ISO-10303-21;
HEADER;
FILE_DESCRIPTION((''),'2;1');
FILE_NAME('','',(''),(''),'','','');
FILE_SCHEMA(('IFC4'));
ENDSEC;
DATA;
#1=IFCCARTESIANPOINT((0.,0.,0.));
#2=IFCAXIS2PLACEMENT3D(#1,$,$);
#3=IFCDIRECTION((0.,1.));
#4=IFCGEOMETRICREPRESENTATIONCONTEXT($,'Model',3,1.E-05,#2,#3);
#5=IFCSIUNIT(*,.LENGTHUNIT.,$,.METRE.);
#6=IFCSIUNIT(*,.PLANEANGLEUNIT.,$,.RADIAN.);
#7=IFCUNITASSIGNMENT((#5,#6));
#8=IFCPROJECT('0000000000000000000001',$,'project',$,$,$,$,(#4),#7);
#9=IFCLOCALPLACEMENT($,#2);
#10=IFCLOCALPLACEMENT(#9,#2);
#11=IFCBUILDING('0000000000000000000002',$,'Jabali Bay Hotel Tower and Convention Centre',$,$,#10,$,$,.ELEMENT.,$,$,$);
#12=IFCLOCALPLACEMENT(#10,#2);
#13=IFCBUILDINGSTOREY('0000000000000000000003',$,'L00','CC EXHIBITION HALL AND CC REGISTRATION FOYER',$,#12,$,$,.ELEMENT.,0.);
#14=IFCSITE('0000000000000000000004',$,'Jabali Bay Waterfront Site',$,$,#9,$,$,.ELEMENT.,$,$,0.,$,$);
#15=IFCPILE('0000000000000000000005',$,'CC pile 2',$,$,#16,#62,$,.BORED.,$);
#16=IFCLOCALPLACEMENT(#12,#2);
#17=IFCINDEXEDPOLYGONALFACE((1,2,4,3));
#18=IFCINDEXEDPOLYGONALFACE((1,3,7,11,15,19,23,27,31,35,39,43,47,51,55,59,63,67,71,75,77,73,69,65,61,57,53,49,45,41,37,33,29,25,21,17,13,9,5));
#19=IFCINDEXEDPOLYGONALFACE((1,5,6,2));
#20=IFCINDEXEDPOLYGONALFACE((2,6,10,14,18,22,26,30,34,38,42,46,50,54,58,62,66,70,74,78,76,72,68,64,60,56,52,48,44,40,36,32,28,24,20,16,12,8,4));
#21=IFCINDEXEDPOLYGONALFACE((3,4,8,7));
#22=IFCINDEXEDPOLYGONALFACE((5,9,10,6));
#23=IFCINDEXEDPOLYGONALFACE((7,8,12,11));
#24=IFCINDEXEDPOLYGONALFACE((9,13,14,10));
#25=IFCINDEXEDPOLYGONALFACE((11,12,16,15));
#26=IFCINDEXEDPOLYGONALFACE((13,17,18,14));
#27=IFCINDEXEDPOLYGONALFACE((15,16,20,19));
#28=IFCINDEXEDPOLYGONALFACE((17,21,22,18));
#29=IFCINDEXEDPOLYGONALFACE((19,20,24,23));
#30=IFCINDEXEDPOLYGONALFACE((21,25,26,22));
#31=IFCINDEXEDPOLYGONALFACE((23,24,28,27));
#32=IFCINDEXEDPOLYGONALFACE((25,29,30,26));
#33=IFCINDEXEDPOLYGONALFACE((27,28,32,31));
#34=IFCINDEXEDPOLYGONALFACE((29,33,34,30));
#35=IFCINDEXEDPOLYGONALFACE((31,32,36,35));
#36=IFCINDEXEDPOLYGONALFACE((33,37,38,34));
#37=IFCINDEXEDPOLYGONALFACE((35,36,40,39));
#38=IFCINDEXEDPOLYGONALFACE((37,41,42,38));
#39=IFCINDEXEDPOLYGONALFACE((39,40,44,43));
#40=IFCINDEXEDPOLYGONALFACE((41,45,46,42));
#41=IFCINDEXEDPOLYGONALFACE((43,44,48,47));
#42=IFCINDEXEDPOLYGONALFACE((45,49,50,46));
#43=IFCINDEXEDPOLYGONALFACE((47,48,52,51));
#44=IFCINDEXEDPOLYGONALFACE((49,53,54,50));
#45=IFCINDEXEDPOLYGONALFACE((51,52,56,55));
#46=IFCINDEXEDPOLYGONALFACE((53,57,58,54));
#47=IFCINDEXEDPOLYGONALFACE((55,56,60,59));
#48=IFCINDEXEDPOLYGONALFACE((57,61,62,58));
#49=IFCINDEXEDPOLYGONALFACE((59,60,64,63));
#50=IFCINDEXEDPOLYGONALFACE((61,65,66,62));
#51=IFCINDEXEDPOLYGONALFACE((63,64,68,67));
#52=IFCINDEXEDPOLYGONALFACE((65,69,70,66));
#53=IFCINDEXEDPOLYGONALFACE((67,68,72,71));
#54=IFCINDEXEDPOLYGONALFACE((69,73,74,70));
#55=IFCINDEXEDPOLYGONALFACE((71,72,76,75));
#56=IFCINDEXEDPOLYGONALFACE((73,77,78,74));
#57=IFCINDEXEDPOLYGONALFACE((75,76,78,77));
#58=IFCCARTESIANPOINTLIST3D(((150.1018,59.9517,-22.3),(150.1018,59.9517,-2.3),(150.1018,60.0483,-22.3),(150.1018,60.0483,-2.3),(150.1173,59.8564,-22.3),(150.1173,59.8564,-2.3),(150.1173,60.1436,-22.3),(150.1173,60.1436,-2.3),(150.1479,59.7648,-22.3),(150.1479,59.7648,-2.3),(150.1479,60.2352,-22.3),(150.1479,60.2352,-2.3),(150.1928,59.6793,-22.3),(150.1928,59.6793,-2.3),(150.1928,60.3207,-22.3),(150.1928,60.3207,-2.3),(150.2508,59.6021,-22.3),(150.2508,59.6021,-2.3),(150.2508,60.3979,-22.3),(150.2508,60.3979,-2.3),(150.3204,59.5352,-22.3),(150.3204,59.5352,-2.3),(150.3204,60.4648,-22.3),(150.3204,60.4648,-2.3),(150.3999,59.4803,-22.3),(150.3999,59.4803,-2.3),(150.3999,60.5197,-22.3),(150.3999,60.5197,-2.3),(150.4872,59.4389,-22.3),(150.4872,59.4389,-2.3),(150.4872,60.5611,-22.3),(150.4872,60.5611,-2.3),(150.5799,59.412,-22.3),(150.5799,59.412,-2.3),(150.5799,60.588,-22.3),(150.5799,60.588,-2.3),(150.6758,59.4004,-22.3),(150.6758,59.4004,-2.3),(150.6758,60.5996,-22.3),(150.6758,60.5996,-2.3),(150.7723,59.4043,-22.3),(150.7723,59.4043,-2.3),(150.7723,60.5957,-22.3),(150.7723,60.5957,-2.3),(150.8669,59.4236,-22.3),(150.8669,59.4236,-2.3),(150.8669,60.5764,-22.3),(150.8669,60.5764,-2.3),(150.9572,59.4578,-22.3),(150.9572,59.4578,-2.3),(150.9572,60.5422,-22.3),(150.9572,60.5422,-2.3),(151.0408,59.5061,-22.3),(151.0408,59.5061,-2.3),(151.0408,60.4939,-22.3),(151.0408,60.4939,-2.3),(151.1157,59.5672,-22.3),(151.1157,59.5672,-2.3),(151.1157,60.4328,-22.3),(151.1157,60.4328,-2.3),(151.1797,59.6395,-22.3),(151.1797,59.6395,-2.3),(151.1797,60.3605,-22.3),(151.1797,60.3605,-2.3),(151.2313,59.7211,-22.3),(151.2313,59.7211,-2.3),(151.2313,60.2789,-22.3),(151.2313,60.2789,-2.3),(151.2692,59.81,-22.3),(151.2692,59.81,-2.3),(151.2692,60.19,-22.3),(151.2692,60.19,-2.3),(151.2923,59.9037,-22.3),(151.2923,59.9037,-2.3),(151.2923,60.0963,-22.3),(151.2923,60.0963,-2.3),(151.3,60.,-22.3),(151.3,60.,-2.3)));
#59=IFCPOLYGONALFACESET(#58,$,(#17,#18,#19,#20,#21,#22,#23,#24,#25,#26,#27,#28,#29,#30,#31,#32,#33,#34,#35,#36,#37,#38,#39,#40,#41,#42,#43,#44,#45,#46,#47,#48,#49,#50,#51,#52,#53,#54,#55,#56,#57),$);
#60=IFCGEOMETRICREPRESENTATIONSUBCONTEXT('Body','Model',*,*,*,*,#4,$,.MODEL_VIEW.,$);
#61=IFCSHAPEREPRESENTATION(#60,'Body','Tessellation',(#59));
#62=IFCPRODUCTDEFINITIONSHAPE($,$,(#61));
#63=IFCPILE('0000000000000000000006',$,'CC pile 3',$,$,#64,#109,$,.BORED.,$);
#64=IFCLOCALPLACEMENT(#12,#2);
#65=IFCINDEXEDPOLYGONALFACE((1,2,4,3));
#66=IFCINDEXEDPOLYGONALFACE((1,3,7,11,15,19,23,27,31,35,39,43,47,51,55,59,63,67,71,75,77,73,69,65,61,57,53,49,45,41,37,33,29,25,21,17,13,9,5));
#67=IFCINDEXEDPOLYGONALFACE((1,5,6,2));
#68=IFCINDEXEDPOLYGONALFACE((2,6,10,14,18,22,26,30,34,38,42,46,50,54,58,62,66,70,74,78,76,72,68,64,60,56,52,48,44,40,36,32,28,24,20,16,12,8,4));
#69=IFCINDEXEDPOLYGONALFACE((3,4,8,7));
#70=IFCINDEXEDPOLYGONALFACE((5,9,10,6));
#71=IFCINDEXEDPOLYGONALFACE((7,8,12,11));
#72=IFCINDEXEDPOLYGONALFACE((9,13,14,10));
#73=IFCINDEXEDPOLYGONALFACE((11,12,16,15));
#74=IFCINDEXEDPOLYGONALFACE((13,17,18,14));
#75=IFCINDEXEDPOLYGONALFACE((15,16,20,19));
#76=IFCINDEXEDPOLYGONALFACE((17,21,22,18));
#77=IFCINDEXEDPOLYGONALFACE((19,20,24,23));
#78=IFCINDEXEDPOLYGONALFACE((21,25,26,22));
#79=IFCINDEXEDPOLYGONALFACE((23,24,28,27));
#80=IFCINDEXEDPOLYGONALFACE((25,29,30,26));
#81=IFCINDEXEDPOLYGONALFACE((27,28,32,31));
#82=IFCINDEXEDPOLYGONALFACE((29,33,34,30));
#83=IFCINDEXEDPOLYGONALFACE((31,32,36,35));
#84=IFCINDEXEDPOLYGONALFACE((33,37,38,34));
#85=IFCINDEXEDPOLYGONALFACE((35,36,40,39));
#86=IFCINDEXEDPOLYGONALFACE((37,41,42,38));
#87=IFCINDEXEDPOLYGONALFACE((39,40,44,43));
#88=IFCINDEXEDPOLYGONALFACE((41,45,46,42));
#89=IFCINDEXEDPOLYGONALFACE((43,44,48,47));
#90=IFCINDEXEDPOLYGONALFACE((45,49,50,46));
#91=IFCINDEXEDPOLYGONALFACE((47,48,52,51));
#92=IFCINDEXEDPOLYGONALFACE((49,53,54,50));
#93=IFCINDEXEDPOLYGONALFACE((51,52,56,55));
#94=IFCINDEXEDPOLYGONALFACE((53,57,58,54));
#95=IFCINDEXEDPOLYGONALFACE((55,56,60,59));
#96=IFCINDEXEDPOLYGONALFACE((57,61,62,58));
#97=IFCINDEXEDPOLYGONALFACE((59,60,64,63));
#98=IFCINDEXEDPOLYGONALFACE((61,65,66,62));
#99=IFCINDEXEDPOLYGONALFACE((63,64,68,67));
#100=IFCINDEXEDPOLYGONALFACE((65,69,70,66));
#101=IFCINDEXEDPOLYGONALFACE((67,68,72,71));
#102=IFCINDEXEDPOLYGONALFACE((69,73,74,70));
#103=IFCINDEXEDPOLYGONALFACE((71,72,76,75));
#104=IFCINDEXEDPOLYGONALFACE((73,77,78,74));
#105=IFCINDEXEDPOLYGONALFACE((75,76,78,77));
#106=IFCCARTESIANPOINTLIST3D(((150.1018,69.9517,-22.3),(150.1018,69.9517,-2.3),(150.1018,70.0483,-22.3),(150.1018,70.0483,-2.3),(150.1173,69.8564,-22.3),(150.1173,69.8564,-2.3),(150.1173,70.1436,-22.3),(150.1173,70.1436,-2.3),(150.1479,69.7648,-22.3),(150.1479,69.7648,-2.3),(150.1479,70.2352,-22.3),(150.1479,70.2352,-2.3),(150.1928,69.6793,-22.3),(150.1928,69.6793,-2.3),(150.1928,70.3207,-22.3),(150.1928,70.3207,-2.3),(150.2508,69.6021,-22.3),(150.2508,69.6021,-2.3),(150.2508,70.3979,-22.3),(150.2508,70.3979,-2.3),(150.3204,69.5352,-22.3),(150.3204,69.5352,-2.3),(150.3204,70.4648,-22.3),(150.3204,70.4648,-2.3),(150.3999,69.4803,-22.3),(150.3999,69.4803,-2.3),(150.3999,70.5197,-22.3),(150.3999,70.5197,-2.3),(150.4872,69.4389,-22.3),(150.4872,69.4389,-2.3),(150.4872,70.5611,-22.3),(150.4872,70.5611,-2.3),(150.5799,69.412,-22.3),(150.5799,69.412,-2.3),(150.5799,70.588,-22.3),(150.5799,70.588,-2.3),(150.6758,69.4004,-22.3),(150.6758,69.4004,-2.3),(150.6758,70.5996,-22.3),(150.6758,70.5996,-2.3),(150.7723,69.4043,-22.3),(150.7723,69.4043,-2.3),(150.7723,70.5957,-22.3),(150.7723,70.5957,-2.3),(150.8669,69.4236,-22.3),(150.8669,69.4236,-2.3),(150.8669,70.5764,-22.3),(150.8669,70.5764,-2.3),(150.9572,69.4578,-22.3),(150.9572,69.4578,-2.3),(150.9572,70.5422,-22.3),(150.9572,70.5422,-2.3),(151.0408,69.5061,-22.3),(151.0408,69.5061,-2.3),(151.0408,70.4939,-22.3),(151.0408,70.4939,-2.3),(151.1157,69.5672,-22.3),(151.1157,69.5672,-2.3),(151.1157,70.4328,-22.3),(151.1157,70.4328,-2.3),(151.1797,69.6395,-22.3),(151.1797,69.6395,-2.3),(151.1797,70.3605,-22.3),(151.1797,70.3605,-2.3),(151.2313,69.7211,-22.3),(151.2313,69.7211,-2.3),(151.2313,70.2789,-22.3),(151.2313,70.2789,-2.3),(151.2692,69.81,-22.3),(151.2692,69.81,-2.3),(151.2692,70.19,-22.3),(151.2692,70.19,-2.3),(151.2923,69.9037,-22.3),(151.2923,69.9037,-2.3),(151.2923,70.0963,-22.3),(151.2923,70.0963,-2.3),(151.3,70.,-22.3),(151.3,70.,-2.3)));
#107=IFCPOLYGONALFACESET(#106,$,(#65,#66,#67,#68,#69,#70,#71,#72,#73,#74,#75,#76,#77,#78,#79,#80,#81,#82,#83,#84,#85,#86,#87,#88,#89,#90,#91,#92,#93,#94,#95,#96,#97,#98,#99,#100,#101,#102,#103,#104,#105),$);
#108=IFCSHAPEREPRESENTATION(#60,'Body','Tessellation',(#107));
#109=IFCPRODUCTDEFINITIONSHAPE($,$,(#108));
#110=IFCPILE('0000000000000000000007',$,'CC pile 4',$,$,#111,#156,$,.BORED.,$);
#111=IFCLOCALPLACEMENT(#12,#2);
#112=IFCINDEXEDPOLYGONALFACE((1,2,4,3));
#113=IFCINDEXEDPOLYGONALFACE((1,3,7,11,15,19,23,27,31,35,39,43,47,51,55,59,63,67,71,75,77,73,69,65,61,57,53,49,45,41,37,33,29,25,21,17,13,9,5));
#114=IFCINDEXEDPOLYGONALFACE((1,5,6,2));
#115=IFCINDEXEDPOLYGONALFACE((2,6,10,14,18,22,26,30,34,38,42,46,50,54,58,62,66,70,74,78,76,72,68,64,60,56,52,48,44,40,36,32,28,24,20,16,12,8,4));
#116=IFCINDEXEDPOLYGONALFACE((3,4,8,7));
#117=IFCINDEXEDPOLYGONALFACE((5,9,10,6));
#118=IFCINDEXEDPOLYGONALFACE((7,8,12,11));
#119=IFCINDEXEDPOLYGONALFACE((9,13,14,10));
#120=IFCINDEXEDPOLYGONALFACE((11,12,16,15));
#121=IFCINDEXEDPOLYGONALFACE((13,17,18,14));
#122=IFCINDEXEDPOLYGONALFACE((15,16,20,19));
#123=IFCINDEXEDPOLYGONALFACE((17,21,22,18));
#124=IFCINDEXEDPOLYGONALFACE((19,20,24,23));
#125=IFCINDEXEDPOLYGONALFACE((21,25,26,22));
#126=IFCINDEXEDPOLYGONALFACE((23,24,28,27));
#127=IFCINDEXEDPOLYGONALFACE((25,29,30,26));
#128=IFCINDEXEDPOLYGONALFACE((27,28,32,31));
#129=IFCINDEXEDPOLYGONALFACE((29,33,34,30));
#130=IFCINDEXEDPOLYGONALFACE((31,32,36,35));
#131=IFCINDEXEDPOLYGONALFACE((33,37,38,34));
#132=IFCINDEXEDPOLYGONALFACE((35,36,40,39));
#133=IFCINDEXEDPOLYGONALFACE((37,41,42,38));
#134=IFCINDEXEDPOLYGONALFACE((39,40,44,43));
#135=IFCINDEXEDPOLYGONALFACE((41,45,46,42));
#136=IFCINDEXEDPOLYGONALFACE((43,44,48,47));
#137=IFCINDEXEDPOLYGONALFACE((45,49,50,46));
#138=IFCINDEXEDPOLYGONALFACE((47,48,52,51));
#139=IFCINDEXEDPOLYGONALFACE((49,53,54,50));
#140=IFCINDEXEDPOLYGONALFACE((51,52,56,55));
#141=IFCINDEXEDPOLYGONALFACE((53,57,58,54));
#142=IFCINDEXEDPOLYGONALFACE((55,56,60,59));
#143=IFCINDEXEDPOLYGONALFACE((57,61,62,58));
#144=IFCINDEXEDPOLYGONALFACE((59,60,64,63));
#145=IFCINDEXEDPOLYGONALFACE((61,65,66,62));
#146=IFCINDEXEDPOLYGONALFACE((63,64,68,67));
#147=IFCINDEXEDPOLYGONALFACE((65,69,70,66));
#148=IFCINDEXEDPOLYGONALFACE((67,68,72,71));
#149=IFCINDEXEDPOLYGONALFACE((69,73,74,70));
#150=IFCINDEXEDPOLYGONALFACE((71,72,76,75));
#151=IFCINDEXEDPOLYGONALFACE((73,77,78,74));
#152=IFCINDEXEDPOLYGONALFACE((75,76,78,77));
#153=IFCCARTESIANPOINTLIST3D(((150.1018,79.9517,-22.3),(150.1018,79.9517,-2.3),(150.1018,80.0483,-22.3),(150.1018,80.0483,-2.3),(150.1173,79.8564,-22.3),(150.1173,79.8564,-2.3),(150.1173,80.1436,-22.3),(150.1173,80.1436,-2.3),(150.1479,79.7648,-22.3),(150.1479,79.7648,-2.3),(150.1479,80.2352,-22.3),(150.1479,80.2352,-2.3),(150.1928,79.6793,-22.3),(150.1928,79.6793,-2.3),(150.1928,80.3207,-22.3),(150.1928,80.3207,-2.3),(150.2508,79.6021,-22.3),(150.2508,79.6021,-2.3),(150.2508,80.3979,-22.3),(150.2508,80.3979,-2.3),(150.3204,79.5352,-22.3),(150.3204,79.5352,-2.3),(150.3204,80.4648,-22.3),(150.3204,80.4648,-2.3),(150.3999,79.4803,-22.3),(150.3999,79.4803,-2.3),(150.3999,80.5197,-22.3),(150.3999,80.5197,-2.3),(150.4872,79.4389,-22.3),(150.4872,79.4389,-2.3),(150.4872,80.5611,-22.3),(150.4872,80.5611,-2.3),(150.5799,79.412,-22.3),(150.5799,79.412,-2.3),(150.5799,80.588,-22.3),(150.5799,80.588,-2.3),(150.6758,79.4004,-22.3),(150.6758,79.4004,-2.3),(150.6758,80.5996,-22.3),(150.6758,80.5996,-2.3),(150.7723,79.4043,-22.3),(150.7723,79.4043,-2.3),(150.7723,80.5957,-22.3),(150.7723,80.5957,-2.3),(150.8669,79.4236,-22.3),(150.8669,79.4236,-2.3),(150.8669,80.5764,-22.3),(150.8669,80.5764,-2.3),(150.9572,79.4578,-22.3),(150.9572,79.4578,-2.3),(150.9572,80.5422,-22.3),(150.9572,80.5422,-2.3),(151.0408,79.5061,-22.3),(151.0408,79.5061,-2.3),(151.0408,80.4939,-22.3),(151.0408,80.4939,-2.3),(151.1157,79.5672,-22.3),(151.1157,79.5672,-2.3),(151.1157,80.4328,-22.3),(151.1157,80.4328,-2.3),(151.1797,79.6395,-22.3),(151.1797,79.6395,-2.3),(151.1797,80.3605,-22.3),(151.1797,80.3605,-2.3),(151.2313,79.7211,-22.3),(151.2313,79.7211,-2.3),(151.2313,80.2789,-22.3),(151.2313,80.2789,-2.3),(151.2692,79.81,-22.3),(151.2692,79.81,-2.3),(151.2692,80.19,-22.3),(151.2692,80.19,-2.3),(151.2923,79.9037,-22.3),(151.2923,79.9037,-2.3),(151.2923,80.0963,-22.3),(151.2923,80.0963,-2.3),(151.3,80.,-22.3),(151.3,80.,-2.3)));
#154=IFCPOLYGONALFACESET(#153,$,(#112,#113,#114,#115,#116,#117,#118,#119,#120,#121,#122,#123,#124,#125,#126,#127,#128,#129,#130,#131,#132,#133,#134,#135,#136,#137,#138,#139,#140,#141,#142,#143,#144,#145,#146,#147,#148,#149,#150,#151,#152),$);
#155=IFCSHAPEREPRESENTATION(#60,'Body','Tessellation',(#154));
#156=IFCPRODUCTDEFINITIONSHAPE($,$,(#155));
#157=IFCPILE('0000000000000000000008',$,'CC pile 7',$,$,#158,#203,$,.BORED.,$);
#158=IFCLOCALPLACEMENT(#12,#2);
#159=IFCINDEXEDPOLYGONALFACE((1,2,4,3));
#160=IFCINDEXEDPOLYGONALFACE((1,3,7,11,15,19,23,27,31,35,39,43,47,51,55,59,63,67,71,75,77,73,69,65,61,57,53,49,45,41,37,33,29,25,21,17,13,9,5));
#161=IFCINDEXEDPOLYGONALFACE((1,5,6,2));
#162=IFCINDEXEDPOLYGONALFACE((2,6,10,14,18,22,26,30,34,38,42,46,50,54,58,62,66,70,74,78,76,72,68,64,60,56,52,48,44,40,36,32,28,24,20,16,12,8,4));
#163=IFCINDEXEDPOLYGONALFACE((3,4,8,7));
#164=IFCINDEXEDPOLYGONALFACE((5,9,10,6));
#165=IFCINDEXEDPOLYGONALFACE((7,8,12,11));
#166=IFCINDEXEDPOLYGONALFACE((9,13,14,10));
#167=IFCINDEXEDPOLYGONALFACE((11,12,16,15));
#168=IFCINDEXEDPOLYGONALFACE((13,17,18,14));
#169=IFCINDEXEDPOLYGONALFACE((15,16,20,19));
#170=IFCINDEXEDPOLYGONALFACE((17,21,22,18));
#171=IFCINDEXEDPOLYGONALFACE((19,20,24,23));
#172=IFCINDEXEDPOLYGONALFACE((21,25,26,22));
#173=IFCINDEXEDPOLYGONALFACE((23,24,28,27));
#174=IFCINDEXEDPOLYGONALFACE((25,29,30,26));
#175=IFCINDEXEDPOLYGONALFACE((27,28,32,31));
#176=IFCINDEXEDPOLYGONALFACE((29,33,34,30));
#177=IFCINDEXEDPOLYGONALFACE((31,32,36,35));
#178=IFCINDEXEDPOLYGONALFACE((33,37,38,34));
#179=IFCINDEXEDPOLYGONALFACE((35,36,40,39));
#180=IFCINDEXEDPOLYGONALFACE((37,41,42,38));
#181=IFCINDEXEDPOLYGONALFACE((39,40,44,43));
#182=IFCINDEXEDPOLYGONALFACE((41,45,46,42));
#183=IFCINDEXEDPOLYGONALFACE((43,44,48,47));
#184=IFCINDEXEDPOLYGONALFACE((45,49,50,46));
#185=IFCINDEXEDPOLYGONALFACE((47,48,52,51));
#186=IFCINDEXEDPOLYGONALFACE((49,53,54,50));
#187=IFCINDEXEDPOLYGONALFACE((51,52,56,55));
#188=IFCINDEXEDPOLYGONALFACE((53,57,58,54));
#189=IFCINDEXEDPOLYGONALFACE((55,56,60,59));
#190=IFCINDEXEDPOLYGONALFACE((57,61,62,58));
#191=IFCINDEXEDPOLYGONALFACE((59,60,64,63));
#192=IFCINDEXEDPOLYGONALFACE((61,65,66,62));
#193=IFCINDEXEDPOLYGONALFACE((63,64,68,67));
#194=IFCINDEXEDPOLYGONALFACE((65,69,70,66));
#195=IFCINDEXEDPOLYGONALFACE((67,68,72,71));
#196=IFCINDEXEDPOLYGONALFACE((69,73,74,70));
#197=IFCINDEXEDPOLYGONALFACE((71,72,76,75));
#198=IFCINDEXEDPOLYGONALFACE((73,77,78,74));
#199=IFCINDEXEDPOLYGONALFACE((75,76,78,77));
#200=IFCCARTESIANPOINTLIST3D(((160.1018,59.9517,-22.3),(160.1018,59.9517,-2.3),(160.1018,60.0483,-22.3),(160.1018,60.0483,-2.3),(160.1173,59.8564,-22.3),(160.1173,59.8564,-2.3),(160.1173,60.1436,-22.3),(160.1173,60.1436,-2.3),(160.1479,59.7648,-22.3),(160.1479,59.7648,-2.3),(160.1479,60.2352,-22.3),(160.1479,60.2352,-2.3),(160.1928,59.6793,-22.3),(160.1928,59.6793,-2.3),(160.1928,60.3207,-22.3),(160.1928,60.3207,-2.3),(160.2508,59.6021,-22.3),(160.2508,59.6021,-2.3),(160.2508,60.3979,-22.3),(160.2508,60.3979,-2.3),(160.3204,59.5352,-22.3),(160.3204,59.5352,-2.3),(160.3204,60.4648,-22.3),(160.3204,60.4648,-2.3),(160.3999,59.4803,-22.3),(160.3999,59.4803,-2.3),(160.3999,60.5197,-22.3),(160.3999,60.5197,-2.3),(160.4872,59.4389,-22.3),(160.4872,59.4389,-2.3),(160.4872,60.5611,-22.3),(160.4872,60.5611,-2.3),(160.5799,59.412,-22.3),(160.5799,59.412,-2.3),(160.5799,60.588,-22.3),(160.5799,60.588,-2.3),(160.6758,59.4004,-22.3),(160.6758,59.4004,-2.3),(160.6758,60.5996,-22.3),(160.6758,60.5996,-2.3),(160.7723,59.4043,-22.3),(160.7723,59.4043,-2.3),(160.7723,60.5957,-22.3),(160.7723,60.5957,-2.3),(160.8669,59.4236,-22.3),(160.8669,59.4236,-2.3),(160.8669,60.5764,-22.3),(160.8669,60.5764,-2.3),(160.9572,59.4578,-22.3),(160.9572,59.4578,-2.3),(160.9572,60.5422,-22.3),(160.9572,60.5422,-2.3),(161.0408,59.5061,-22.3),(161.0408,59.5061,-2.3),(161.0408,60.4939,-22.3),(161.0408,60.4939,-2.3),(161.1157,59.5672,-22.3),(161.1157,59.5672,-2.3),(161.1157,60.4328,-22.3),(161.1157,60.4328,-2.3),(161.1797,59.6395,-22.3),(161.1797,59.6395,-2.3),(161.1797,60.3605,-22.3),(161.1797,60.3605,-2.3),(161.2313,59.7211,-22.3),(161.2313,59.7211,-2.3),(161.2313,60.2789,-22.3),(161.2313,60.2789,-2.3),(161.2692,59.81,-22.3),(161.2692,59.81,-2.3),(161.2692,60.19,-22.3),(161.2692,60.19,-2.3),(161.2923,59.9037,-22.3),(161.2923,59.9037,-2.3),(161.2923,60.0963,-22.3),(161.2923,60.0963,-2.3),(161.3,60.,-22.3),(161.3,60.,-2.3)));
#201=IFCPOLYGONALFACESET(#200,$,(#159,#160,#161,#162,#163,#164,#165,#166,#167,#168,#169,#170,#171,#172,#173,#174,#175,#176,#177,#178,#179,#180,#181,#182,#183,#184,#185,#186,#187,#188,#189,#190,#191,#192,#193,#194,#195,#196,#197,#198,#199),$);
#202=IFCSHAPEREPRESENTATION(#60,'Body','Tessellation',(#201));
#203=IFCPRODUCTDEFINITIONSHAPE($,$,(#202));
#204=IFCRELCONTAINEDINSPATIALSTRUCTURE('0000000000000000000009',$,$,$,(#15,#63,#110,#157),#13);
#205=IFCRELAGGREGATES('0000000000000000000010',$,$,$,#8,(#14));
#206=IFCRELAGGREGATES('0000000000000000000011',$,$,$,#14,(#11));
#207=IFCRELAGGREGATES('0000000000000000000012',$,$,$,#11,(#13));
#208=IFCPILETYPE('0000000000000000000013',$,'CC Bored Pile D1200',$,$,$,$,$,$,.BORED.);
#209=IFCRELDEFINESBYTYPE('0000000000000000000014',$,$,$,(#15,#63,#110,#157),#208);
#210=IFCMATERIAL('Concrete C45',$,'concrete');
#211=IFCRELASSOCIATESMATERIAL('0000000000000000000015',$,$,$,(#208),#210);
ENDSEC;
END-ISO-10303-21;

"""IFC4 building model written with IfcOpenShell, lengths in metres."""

from ifc_helpers import new_model, si_unit, direction, frame, origin, origin_2d, place, context, subcontext, project, spatial, circle, extrude, material, material_profile, profile_set, type_object, element, save


model = new_model("IFC4")

# Units and contexts
model_context = context("Model", 3, precision=1e-05, world=origin(), true_north=direction((0.0, 1.0)))
body_context = subcontext(model_context, "Body", "Model", "MODEL_VIEW")
ifc_project = project(units=[si_unit("LENGTHUNIT", "METRE"), si_unit("PLANEANGLEUNIT", "RADIAN")], contexts=[model_context])

# Site, building, storey
site_placement = place(None, origin())
site = spatial("IfcSite", under=ifc_project, at=site_placement, Name="Jabali Bay Waterfront Site", CompositionType="ELEMENT", RefElevation=0.0)
building_placement = place(site_placement, origin())
building = spatial("IfcBuilding", under=site, at=building_placement, Name="Jabali Bay Hotel Tower and Convention Centre", CompositionType="ELEMENT")
storey_placement = place(building_placement, origin())
storey = spatial("IfcBuildingStorey", under=building, at=storey_placement, Name="L00", Description="CC EXHIBITION HALL AND CC REGISTRATION FOYER", CompositionType="ELEMENT", Elevation=0.0)

# Piles
ifc_material_1 = material(Name="Concrete C45", Category="concrete")
ifc_material_profile_1 = material_profile(ifc_material_1, circle(Radius=0.6001, at=origin_2d()), Name="D1200")
ifc_profile_set_1 = profile_set([ifc_material_profile_1], Name="Concrete C45")
pile_type = type_object("IfcPileType", Name="CC Bored Pile D1200", PredefinedType="BORED", material=ifc_profile_set_1)
for number, where, z_axis, x_axis, name in (
    (1, (150.7, 60.0, -2.3), (0.0, 0.0, -1.0), (1.0, 0.0, 0.0), "CC pile 2"),
    (2, (150.7, 70.0, -2.3), (0.0, 0.0, -1.0), (1.0, 0.0, 0.0), "CC pile 3"),
    (3, (150.7, 80.0, -2.3), (0.0, 0.0, -1.0), (1.0, 0.0, 0.0), "CC pile 4"),
    (4, (160.7, 60.0, -2.3), (0.0, 0.0, -1.0), (1.0, 0.0, 0.0), "CC pile 7"),
):
    element("IfcPile", number, at=place(storey_placement, frame(where, z_axis=z_axis, x_axis=x_axis)), inside=storey, type_object=pile_type, Name=name, PredefinedType="BORED", context=body_context, shape_type="SweptSolid", body=[
        extrude(circle(Radius=0.6001, at=origin_2d()), origin(), (0.0, 0.0, 1.0), 20.0),
    ])

save(model, "model.ifc")
